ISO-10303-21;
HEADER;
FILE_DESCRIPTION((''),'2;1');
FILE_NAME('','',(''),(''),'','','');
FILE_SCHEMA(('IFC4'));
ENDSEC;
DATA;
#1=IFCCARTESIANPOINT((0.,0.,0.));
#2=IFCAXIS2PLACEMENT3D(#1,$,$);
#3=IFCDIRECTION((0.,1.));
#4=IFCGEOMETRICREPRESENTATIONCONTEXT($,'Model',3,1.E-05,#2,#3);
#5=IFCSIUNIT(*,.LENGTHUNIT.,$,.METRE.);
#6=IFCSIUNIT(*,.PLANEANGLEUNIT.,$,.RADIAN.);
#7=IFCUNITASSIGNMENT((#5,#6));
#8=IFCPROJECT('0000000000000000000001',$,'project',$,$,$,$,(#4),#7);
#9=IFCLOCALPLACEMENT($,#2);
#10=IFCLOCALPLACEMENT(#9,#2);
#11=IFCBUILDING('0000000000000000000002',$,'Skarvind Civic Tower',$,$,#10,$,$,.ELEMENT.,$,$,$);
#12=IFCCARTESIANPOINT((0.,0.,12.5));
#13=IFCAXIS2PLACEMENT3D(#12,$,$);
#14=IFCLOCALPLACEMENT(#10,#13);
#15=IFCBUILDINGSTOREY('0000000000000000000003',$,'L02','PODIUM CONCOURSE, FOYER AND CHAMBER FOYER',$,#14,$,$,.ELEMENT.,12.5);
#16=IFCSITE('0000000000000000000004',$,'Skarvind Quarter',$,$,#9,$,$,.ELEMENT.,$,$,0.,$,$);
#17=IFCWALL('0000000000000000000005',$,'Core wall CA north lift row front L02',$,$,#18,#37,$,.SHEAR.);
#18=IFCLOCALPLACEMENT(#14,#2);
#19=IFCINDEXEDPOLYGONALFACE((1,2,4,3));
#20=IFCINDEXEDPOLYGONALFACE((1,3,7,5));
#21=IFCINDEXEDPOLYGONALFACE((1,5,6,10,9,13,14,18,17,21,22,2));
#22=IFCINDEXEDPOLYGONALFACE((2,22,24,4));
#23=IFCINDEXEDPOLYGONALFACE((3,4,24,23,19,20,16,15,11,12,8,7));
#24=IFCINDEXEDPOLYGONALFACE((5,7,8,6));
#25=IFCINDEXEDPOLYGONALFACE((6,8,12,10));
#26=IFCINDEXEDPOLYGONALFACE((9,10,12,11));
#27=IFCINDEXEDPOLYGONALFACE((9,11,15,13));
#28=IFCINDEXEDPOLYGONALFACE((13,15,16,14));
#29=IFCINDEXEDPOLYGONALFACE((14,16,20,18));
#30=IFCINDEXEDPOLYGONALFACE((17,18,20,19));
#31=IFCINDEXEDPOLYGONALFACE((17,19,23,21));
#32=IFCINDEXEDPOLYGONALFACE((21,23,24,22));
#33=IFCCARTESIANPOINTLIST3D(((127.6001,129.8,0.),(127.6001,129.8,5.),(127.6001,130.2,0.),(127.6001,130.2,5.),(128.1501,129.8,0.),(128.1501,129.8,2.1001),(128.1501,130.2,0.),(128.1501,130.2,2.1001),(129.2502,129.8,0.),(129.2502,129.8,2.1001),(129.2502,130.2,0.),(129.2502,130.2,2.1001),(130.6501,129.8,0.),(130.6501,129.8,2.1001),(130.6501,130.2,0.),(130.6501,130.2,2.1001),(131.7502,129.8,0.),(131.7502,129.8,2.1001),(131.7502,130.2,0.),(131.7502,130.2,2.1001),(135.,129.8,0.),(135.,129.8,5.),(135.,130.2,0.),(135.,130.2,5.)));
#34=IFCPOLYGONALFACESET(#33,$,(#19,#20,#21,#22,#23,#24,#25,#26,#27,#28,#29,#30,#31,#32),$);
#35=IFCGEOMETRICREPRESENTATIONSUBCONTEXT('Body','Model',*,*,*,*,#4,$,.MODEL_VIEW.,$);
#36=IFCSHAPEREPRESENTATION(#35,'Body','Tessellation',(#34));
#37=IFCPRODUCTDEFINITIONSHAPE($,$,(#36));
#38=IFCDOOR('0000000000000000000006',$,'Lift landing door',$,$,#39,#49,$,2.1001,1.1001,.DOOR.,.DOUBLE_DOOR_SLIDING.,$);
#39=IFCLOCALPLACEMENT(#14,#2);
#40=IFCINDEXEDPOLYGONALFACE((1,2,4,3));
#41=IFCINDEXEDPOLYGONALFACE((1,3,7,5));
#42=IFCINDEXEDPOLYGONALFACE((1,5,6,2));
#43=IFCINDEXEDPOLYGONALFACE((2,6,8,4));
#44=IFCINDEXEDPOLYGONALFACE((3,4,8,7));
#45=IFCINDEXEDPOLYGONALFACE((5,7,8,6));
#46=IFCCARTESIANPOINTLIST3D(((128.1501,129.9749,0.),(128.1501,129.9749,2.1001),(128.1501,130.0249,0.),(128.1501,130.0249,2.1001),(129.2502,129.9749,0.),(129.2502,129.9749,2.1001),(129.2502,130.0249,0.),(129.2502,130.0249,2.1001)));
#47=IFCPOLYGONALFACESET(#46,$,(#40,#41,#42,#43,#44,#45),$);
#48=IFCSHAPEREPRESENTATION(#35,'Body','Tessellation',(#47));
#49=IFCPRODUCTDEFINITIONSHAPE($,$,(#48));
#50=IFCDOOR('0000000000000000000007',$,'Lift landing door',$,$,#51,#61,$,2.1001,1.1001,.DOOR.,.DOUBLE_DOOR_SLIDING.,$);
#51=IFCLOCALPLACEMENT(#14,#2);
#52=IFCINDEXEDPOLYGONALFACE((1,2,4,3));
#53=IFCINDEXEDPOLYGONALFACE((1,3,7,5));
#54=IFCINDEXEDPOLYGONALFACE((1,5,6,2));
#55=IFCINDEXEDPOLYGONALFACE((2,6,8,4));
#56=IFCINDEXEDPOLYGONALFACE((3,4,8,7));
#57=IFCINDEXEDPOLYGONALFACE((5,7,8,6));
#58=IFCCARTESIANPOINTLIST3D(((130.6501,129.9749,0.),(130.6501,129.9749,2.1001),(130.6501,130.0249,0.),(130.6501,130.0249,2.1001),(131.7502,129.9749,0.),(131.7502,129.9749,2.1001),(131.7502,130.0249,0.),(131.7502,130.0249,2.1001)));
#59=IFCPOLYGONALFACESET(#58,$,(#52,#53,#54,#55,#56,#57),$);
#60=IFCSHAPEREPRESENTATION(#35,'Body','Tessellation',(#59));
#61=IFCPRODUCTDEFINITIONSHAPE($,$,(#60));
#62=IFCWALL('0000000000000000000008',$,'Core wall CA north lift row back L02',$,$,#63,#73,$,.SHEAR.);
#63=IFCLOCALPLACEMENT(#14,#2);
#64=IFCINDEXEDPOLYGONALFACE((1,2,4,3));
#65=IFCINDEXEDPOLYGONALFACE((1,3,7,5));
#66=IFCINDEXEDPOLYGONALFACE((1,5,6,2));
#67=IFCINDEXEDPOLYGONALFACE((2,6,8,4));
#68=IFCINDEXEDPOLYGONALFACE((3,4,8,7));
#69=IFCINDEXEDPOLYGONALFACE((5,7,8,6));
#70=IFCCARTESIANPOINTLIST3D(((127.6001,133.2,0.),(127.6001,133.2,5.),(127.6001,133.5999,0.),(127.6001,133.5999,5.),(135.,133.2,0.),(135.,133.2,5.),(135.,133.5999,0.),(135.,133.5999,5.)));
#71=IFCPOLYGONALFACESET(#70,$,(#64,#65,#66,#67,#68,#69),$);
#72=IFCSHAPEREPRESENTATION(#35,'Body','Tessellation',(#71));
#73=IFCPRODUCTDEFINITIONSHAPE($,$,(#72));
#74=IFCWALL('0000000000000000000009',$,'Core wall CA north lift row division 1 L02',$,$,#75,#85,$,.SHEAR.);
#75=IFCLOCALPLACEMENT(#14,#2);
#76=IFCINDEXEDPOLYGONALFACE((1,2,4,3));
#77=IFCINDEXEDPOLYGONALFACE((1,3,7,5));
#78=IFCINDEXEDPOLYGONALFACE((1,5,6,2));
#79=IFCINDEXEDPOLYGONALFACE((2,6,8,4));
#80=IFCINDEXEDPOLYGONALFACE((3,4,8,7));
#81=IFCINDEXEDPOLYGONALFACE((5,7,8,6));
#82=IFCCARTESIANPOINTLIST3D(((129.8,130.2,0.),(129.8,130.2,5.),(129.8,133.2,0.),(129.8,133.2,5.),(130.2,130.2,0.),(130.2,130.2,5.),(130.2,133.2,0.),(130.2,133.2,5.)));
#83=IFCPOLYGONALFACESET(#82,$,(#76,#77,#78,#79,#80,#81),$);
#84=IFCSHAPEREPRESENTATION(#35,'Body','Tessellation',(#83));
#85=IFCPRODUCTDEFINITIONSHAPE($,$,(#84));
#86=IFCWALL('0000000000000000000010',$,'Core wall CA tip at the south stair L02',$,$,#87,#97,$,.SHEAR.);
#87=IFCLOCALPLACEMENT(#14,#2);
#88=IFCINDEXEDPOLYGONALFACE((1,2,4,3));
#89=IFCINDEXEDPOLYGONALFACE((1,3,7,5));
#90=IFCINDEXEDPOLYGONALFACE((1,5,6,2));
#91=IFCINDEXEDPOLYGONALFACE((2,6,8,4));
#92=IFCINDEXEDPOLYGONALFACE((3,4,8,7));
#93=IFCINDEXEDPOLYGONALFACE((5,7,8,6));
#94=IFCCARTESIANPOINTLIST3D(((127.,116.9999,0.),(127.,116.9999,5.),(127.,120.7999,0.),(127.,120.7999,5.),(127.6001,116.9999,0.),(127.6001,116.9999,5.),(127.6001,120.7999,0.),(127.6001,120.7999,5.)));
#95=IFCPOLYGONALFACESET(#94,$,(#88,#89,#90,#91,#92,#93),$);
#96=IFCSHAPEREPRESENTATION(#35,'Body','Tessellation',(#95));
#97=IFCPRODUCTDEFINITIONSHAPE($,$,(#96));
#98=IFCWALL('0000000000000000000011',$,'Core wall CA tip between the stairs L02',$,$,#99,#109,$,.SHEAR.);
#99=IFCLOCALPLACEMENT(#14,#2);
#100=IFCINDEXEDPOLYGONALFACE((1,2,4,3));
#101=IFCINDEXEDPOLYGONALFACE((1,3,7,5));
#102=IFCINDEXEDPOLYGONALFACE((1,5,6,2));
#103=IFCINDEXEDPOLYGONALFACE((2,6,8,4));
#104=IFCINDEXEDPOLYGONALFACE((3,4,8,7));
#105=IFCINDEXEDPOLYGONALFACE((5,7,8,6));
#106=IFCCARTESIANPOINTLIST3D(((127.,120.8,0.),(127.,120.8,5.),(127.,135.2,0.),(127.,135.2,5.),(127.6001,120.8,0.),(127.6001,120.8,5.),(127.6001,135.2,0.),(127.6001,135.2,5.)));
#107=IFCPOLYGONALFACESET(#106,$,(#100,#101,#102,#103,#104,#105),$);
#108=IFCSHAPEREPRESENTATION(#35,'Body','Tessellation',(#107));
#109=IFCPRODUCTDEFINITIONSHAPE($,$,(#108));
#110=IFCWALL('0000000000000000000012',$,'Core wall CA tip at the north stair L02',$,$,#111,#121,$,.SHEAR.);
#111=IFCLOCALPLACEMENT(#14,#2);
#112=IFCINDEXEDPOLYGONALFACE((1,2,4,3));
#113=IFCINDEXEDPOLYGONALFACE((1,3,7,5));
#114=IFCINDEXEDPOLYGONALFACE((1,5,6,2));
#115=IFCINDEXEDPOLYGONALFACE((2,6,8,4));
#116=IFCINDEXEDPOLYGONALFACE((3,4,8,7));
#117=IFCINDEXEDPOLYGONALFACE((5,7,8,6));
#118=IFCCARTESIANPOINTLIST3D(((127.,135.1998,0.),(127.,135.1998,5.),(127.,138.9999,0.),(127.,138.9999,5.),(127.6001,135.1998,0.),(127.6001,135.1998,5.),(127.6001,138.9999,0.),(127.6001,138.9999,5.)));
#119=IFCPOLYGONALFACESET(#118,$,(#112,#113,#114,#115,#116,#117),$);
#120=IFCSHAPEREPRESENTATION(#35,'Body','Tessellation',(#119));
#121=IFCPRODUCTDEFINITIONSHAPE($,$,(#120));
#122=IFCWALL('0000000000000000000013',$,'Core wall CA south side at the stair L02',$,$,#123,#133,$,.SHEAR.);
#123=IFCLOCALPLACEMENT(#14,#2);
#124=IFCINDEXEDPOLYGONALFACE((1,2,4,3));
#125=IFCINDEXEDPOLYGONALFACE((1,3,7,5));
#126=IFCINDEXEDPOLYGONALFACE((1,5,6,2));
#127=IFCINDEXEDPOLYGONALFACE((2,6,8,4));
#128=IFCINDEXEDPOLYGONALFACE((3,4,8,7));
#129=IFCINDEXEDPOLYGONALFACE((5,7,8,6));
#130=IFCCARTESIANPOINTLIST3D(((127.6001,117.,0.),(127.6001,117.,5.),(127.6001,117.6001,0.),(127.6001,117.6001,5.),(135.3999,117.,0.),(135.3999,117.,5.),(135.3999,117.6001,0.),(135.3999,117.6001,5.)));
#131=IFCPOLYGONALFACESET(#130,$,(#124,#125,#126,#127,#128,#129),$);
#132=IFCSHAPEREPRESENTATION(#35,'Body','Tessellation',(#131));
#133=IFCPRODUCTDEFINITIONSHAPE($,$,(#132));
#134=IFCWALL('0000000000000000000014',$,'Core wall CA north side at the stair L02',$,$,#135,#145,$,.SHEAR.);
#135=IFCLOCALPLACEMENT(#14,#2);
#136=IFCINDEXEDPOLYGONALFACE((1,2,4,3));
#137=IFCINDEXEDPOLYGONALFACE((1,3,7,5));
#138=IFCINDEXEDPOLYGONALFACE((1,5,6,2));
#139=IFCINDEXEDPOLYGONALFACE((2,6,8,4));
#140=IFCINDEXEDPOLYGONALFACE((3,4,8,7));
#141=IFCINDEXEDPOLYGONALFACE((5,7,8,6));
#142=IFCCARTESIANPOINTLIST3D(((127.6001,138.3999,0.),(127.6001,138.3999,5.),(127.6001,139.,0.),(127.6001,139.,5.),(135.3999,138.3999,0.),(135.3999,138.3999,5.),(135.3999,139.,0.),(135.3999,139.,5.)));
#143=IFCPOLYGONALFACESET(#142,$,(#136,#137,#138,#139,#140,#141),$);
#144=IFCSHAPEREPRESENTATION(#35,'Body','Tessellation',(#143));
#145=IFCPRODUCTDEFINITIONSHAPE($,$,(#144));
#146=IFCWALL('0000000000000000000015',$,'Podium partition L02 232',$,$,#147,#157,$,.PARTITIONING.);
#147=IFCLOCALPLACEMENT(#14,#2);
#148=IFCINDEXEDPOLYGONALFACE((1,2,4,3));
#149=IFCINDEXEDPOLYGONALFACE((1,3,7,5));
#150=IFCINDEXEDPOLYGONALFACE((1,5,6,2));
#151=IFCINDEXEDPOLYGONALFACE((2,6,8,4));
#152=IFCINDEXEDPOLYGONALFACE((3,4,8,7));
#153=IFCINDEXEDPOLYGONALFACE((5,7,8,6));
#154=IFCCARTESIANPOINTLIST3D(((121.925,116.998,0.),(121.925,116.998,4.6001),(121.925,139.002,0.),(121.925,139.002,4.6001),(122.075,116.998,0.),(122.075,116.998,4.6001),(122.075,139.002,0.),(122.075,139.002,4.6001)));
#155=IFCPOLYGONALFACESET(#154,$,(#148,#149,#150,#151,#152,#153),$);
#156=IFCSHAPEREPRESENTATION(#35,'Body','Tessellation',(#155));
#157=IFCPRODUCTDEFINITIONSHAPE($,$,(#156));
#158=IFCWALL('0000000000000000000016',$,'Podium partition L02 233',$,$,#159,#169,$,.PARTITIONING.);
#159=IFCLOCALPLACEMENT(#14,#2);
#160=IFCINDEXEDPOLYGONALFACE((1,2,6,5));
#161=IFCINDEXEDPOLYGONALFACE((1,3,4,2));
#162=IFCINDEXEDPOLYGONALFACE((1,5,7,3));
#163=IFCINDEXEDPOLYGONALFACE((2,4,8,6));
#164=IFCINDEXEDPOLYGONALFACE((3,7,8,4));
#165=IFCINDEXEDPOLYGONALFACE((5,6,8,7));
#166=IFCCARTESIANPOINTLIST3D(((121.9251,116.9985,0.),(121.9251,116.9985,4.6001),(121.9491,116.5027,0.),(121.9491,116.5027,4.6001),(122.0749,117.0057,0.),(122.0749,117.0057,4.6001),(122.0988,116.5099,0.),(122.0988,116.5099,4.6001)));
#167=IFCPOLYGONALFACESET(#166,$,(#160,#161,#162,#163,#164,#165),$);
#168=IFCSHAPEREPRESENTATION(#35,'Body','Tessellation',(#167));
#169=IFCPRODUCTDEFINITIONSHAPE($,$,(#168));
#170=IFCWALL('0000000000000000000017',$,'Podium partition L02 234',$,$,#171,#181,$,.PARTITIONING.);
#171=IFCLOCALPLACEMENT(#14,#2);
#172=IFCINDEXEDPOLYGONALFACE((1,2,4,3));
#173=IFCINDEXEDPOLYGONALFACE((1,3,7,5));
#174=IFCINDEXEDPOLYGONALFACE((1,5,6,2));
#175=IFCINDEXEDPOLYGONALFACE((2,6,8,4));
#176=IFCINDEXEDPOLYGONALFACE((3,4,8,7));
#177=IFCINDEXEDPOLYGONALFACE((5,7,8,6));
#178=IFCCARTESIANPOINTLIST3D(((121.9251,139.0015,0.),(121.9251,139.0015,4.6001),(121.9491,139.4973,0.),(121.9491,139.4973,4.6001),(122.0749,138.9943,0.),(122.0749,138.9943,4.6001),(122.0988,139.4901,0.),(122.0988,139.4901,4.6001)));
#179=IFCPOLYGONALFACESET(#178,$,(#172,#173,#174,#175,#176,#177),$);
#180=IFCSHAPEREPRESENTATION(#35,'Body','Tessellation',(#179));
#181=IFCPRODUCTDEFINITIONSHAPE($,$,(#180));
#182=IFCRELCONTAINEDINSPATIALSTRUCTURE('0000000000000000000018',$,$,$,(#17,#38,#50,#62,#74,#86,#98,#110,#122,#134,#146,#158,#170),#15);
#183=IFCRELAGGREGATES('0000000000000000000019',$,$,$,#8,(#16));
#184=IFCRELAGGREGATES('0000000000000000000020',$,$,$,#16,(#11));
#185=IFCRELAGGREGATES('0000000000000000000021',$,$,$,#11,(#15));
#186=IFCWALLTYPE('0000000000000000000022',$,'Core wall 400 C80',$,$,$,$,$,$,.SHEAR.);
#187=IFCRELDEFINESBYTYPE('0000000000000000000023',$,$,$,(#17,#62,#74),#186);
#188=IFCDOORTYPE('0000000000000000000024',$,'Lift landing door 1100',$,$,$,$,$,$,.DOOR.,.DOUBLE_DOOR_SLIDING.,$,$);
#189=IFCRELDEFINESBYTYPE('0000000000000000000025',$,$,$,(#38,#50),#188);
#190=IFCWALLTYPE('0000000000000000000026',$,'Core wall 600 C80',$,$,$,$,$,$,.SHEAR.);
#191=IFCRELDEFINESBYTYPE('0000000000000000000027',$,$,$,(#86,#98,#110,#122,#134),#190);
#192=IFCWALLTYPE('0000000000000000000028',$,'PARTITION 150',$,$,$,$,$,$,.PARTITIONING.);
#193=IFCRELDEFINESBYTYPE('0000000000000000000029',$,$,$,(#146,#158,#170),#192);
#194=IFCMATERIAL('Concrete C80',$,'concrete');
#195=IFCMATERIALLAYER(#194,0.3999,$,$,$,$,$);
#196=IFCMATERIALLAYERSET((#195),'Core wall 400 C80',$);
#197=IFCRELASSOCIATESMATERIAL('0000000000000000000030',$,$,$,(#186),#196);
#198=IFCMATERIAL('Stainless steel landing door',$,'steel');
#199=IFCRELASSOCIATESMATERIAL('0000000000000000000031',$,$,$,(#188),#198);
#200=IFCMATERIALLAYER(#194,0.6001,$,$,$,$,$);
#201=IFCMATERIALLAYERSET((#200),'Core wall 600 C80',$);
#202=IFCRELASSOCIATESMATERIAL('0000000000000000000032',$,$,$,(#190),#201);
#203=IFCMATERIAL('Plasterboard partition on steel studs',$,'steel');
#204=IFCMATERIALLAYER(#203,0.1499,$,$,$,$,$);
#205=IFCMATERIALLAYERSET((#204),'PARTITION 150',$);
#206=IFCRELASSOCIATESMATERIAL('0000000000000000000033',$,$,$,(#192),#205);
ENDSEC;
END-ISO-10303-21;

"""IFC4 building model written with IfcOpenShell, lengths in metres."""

from ifc_helpers import new_model, si_unit, direction, frame, frame_2d, origin, place, context, subcontext, project, spatial, rectangle, extrude, material, layer, layer_set, type_object, element, fill, save


model = new_model("IFC4")

# Units and contexts
model_context = context("Model", 3, precision=1e-05, world=origin(), true_north=direction((0.0, 1.0)))
body_context = subcontext(model_context, "Body", "Model", "MODEL_VIEW")
ifc_project = project(units=[si_unit("LENGTHUNIT", "METRE"), si_unit("PLANEANGLEUNIT", "RADIAN")], contexts=[model_context])

# Site, building, storey
site_placement = place(None, origin())
site = spatial("IfcSite", under=ifc_project, at=site_placement, Name="Skarvind Quarter", CompositionType="ELEMENT", RefElevation=0.0)
building_placement = place(site_placement, origin())
building = spatial("IfcBuilding", under=site, at=building_placement, Name="Skarvind Civic Tower", CompositionType="ELEMENT")
storey_placement = place(building_placement, frame((0.0, 0.0, 12.5)))
storey = spatial("IfcBuildingStorey", under=building, at=storey_placement, Name="L02", Description="PODIUM CONCOURSE, FOYER AND CHAMBER FOYER", CompositionType="ELEMENT", Elevation=12.5)

# Shared definitions
ifc_material_1 = material(Name="Concrete C80", Category="concrete")
ifc_layer_1 = layer(ifc_material_1, 0.3999)
ifc_layer_set_1 = layer_set([ifc_layer_1], Name="Core wall 400 C80")
wall_type_1 = type_object("IfcWallType", Name="Core wall 400 C80", PredefinedType="SHEAR", material=ifc_layer_set_1)

# Shared definitions
ifc_material_2 = material(Name="Stainless steel landing door", Category="steel")
door_type = type_object("IfcDoorType", Name="Lift landing door 1100", OperationType="DOUBLE_DOOR_SLIDING", PredefinedType="DOOR", material=ifc_material_2)

# Wall, openings, doors
wall_1_placement = place(storey_placement, frame((127.6001, 130.0, 0.0), z_axis=(0.0, 0.0, 1.0), x_axis=(1.0, 0.0, 0.0)))
wall_1 = element("IfcWall", 1, at=wall_1_placement, inside=storey, type_object=wall_type_1, Name="Core wall CA north lift row front L02", PredefinedType="SHEAR", context=body_context, shape_type="SweptSolid", body=[
    extrude(rectangle(XDim=7.3999, YDim=0.3999, at=frame_2d((3.7, 0.0))), origin(), (0.0, 0.0, 1.0), 5.0),
])
opening_1_placement = place(wall_1_placement, frame((0.55, 0.0, 0.0)))
opening_1 = element("IfcOpeningElement", 2, at=opening_1_placement, cuts=wall_1, PredefinedType="OPENING", context=body_context, shape_type="SweptSolid", body=[
    extrude(rectangle(XDim=1.1001, YDim=2.1001, at=frame_2d((0.55, 1.05))), frame((0.0, 0.21, 0.0), z_axis=(0.0, -1.0, 0.0), x_axis=(1.0, 0.0, 0.0)), (0.0, 0.0, 1.0), 0.4199),
])
opening_2_placement = place(wall_1_placement, frame((3.05, 0.0, 0.0)))
opening_2 = element("IfcOpeningElement", 3, at=opening_2_placement, cuts=wall_1, PredefinedType="OPENING", context=body_context, shape_type="SweptSolid", body=[
    extrude(rectangle(XDim=1.1001, YDim=2.1001, at=frame_2d((0.55, 1.05))), frame((0.0, 0.21, 0.0), z_axis=(0.0, -1.0, 0.0), x_axis=(1.0, 0.0, 0.0)), (0.0, 0.0, 1.0), 0.4199),
])
door_1_placement = place(opening_1_placement, origin())
door_1 = element("IfcDoor", 4, at=door_1_placement, inside=storey, type_object=door_type, Name="Lift landing door", OperationType="DOUBLE_DOOR_SLIDING", OverallHeight=2.1001, OverallWidth=1.1001, PredefinedType="DOOR", context=body_context, shape_type="SweptSolid", body=[
    extrude(rectangle(XDim=1.1001, YDim=2.1001, at=frame_2d((0.55, 1.05))), frame((0.0, 0.0249, 0.0), z_axis=(0.0, -1.0, 0.0), x_axis=(1.0, 0.0, 0.0)), (0.0, 0.0, 1.0), 0.05),
])
fill(opening_1, door_1)
door_2_placement = place(opening_2_placement, origin())
door_2 = element("IfcDoor", 5, at=door_2_placement, inside=storey, type_object=door_type, Name="Lift landing door", OperationType="DOUBLE_DOOR_SLIDING", OverallHeight=2.1001, OverallWidth=1.1001, PredefinedType="DOOR", context=body_context, shape_type="SweptSolid", body=[
    extrude(rectangle(XDim=1.1001, YDim=2.1001, at=frame_2d((0.55, 1.05))), frame((0.0, 0.0249, 0.0), z_axis=(0.0, -1.0, 0.0), x_axis=(1.0, 0.0, 0.0)), (0.0, 0.0, 1.0), 0.05),
])
fill(opening_2, door_2)

# Walls
wall_2_placement = place(storey_placement, frame((127.6001, 133.3999, 0.0), z_axis=(0.0, 0.0, 1.0), x_axis=(1.0, 0.0, 0.0)))
element("IfcWall", 6, at=wall_2_placement, inside=storey, type_object=wall_type_1, Name="Core wall CA north lift row back L02", PredefinedType="SHEAR", context=body_context, shape_type="SweptSolid", body=[
    extrude(rectangle(XDim=7.3999, YDim=0.3999, at=frame_2d((3.7, 0.0))), origin(), (0.0, 0.0, 1.0), 5.0),
])
wall_3_placement = place(storey_placement, frame((130.0, 130.2, 0.0), z_axis=(0.0, 0.0, 1.0), x_axis=(0.0, 1.0, 0.0)))
element("IfcWall", 7, at=wall_3_placement, inside=storey, type_object=wall_type_1, Name="Core wall CA north lift row division 1 L02", PredefinedType="SHEAR", context=body_context, shape_type="SweptSolid", body=[
    extrude(rectangle(XDim=3.0, YDim=0.3999, at=frame_2d((1.5, 0.0))), origin(), (0.0, 0.0, 1.0), 5.0),
])
ifc_layer_2 = layer(ifc_material_1, 0.6001)
ifc_layer_set_2 = layer_set([ifc_layer_2], Name="Core wall 600 C80")
wall_type_2 = type_object("IfcWallType", Name="Core wall 600 C80", PredefinedType="SHEAR", material=ifc_layer_set_2)
wall_4_placement = place(storey_placement, frame((127.3, 117.0, 0.0), z_axis=(0.0, 0.0, 1.0), x_axis=(0.0, 1.0, 0.0)))
element("IfcWall", 8, at=wall_4_placement, inside=storey, type_object=wall_type_2, Name="Core wall CA tip at the south stair L02", PredefinedType="SHEAR", context=body_context, shape_type="SweptSolid", body=[
    extrude(rectangle(XDim=3.8, YDim=0.6001, at=frame_2d((1.8999, 0.0))), origin(), (0.0, 0.0, 1.0), 5.0),
])
wall_5_placement = place(storey_placement, frame((127.3, 120.8, 0.0), z_axis=(0.0, 0.0, 1.0), x_axis=(0.0, 1.0, 0.0)))
element("IfcWall", 9, at=wall_5_placement, inside=storey, type_object=wall_type_2, Name="Core wall CA tip between the stairs L02", PredefinedType="SHEAR", context=body_context, shape_type="SweptSolid", body=[
    extrude(rectangle(XDim=14.3999, YDim=0.6001, at=frame_2d((7.2, 0.0))), origin(), (0.0, 0.0, 1.0), 5.0),
])
wall_6_placement = place(storey_placement, frame((127.3, 135.2, 0.0), z_axis=(0.0, 0.0, 1.0), x_axis=(0.0, 1.0, 0.0)))
element("IfcWall", 10, at=wall_6_placement, inside=storey, type_object=wall_type_2, Name="Core wall CA tip at the north stair L02", PredefinedType="SHEAR", context=body_context, shape_type="SweptSolid", body=[
    extrude(rectangle(XDim=3.8, YDim=0.6001, at=frame_2d((1.8999, 0.0))), origin(), (0.0, 0.0, 1.0), 5.0),
])
for number, where, z_axis, x_axis, name in (
    (11, (127.6001, 117.3, 0.0), (0.0, 0.0, 1.0), (1.0, 0.0, 0.0), "Core wall CA south side at the stair L02"),
    (12, (127.6001, 138.7, 0.0), (0.0, 0.0, 1.0), (1.0, 0.0, 0.0), "Core wall CA north side at the stair L02"),
):
    element("IfcWall", number, at=place(storey_placement, frame(where, z_axis=z_axis, x_axis=x_axis)), inside=storey, type_object=wall_type_2, Name=name, PredefinedType="SHEAR", context=body_context, shape_type="SweptSolid", body=[
        extrude(rectangle(XDim=7.7998, YDim=0.6001, at=frame_2d((3.8999, 0.0))), origin(), (0.0, 0.0, 1.0), 5.0),
    ])
ifc_material_3 = material(Name="Plasterboard partition on steel studs", Category="steel")
ifc_layer_3 = layer(ifc_material_3, 0.1499)
ifc_layer_set_3 = layer_set([ifc_layer_3], Name="PARTITION 150")
wall_type_3 = type_object("IfcWallType", Name="PARTITION 150", PredefinedType="PARTITIONING", material=ifc_layer_set_3)
wall_7_placement = place(storey_placement, frame((122.0, 116.998, 0.0), z_axis=(0.0, 0.0, 1.0), x_axis=(0.0, 1.0, 0.0)))
element("IfcWall", 13, at=wall_7_placement, inside=storey, type_object=wall_type_3, Name="Podium partition L02 232", PredefinedType="PARTITIONING", context=body_context, shape_type="SweptSolid", body=[
    extrude(rectangle(XDim=22.0039, YDim=0.1499, at=frame_2d((11.002, 0.0))), origin(), (0.0, 0.0, 1.0), 4.6001),
])
for number, where, z_axis, x_axis, name in (
    (14, (122.0, 117.002, 0.0), (0.0, 0.0, 1.0), (0.048196, -0.998838, 0.0), "Podium partition L02 233"),
    (15, (122.0, 138.998, 0.0), (0.0, 0.0, 1.0), (0.048196, 0.998838, 0.0), "Podium partition L02 234"),
):
    element("IfcWall", number, at=place(storey_placement, frame(where, z_axis=z_axis, x_axis=x_axis)), inside=storey, type_object=wall_type_3, Name=name, PredefinedType="PARTITIONING", context=body_context, shape_type="SweptSolid", body=[
        extrude(rectangle(XDim=0.4963, YDim=0.1499, at=frame_2d((0.248, 0.0))), origin(), (0.0, 0.0, 1.0), 4.6001),
    ])

save(model, "model.ifc")
